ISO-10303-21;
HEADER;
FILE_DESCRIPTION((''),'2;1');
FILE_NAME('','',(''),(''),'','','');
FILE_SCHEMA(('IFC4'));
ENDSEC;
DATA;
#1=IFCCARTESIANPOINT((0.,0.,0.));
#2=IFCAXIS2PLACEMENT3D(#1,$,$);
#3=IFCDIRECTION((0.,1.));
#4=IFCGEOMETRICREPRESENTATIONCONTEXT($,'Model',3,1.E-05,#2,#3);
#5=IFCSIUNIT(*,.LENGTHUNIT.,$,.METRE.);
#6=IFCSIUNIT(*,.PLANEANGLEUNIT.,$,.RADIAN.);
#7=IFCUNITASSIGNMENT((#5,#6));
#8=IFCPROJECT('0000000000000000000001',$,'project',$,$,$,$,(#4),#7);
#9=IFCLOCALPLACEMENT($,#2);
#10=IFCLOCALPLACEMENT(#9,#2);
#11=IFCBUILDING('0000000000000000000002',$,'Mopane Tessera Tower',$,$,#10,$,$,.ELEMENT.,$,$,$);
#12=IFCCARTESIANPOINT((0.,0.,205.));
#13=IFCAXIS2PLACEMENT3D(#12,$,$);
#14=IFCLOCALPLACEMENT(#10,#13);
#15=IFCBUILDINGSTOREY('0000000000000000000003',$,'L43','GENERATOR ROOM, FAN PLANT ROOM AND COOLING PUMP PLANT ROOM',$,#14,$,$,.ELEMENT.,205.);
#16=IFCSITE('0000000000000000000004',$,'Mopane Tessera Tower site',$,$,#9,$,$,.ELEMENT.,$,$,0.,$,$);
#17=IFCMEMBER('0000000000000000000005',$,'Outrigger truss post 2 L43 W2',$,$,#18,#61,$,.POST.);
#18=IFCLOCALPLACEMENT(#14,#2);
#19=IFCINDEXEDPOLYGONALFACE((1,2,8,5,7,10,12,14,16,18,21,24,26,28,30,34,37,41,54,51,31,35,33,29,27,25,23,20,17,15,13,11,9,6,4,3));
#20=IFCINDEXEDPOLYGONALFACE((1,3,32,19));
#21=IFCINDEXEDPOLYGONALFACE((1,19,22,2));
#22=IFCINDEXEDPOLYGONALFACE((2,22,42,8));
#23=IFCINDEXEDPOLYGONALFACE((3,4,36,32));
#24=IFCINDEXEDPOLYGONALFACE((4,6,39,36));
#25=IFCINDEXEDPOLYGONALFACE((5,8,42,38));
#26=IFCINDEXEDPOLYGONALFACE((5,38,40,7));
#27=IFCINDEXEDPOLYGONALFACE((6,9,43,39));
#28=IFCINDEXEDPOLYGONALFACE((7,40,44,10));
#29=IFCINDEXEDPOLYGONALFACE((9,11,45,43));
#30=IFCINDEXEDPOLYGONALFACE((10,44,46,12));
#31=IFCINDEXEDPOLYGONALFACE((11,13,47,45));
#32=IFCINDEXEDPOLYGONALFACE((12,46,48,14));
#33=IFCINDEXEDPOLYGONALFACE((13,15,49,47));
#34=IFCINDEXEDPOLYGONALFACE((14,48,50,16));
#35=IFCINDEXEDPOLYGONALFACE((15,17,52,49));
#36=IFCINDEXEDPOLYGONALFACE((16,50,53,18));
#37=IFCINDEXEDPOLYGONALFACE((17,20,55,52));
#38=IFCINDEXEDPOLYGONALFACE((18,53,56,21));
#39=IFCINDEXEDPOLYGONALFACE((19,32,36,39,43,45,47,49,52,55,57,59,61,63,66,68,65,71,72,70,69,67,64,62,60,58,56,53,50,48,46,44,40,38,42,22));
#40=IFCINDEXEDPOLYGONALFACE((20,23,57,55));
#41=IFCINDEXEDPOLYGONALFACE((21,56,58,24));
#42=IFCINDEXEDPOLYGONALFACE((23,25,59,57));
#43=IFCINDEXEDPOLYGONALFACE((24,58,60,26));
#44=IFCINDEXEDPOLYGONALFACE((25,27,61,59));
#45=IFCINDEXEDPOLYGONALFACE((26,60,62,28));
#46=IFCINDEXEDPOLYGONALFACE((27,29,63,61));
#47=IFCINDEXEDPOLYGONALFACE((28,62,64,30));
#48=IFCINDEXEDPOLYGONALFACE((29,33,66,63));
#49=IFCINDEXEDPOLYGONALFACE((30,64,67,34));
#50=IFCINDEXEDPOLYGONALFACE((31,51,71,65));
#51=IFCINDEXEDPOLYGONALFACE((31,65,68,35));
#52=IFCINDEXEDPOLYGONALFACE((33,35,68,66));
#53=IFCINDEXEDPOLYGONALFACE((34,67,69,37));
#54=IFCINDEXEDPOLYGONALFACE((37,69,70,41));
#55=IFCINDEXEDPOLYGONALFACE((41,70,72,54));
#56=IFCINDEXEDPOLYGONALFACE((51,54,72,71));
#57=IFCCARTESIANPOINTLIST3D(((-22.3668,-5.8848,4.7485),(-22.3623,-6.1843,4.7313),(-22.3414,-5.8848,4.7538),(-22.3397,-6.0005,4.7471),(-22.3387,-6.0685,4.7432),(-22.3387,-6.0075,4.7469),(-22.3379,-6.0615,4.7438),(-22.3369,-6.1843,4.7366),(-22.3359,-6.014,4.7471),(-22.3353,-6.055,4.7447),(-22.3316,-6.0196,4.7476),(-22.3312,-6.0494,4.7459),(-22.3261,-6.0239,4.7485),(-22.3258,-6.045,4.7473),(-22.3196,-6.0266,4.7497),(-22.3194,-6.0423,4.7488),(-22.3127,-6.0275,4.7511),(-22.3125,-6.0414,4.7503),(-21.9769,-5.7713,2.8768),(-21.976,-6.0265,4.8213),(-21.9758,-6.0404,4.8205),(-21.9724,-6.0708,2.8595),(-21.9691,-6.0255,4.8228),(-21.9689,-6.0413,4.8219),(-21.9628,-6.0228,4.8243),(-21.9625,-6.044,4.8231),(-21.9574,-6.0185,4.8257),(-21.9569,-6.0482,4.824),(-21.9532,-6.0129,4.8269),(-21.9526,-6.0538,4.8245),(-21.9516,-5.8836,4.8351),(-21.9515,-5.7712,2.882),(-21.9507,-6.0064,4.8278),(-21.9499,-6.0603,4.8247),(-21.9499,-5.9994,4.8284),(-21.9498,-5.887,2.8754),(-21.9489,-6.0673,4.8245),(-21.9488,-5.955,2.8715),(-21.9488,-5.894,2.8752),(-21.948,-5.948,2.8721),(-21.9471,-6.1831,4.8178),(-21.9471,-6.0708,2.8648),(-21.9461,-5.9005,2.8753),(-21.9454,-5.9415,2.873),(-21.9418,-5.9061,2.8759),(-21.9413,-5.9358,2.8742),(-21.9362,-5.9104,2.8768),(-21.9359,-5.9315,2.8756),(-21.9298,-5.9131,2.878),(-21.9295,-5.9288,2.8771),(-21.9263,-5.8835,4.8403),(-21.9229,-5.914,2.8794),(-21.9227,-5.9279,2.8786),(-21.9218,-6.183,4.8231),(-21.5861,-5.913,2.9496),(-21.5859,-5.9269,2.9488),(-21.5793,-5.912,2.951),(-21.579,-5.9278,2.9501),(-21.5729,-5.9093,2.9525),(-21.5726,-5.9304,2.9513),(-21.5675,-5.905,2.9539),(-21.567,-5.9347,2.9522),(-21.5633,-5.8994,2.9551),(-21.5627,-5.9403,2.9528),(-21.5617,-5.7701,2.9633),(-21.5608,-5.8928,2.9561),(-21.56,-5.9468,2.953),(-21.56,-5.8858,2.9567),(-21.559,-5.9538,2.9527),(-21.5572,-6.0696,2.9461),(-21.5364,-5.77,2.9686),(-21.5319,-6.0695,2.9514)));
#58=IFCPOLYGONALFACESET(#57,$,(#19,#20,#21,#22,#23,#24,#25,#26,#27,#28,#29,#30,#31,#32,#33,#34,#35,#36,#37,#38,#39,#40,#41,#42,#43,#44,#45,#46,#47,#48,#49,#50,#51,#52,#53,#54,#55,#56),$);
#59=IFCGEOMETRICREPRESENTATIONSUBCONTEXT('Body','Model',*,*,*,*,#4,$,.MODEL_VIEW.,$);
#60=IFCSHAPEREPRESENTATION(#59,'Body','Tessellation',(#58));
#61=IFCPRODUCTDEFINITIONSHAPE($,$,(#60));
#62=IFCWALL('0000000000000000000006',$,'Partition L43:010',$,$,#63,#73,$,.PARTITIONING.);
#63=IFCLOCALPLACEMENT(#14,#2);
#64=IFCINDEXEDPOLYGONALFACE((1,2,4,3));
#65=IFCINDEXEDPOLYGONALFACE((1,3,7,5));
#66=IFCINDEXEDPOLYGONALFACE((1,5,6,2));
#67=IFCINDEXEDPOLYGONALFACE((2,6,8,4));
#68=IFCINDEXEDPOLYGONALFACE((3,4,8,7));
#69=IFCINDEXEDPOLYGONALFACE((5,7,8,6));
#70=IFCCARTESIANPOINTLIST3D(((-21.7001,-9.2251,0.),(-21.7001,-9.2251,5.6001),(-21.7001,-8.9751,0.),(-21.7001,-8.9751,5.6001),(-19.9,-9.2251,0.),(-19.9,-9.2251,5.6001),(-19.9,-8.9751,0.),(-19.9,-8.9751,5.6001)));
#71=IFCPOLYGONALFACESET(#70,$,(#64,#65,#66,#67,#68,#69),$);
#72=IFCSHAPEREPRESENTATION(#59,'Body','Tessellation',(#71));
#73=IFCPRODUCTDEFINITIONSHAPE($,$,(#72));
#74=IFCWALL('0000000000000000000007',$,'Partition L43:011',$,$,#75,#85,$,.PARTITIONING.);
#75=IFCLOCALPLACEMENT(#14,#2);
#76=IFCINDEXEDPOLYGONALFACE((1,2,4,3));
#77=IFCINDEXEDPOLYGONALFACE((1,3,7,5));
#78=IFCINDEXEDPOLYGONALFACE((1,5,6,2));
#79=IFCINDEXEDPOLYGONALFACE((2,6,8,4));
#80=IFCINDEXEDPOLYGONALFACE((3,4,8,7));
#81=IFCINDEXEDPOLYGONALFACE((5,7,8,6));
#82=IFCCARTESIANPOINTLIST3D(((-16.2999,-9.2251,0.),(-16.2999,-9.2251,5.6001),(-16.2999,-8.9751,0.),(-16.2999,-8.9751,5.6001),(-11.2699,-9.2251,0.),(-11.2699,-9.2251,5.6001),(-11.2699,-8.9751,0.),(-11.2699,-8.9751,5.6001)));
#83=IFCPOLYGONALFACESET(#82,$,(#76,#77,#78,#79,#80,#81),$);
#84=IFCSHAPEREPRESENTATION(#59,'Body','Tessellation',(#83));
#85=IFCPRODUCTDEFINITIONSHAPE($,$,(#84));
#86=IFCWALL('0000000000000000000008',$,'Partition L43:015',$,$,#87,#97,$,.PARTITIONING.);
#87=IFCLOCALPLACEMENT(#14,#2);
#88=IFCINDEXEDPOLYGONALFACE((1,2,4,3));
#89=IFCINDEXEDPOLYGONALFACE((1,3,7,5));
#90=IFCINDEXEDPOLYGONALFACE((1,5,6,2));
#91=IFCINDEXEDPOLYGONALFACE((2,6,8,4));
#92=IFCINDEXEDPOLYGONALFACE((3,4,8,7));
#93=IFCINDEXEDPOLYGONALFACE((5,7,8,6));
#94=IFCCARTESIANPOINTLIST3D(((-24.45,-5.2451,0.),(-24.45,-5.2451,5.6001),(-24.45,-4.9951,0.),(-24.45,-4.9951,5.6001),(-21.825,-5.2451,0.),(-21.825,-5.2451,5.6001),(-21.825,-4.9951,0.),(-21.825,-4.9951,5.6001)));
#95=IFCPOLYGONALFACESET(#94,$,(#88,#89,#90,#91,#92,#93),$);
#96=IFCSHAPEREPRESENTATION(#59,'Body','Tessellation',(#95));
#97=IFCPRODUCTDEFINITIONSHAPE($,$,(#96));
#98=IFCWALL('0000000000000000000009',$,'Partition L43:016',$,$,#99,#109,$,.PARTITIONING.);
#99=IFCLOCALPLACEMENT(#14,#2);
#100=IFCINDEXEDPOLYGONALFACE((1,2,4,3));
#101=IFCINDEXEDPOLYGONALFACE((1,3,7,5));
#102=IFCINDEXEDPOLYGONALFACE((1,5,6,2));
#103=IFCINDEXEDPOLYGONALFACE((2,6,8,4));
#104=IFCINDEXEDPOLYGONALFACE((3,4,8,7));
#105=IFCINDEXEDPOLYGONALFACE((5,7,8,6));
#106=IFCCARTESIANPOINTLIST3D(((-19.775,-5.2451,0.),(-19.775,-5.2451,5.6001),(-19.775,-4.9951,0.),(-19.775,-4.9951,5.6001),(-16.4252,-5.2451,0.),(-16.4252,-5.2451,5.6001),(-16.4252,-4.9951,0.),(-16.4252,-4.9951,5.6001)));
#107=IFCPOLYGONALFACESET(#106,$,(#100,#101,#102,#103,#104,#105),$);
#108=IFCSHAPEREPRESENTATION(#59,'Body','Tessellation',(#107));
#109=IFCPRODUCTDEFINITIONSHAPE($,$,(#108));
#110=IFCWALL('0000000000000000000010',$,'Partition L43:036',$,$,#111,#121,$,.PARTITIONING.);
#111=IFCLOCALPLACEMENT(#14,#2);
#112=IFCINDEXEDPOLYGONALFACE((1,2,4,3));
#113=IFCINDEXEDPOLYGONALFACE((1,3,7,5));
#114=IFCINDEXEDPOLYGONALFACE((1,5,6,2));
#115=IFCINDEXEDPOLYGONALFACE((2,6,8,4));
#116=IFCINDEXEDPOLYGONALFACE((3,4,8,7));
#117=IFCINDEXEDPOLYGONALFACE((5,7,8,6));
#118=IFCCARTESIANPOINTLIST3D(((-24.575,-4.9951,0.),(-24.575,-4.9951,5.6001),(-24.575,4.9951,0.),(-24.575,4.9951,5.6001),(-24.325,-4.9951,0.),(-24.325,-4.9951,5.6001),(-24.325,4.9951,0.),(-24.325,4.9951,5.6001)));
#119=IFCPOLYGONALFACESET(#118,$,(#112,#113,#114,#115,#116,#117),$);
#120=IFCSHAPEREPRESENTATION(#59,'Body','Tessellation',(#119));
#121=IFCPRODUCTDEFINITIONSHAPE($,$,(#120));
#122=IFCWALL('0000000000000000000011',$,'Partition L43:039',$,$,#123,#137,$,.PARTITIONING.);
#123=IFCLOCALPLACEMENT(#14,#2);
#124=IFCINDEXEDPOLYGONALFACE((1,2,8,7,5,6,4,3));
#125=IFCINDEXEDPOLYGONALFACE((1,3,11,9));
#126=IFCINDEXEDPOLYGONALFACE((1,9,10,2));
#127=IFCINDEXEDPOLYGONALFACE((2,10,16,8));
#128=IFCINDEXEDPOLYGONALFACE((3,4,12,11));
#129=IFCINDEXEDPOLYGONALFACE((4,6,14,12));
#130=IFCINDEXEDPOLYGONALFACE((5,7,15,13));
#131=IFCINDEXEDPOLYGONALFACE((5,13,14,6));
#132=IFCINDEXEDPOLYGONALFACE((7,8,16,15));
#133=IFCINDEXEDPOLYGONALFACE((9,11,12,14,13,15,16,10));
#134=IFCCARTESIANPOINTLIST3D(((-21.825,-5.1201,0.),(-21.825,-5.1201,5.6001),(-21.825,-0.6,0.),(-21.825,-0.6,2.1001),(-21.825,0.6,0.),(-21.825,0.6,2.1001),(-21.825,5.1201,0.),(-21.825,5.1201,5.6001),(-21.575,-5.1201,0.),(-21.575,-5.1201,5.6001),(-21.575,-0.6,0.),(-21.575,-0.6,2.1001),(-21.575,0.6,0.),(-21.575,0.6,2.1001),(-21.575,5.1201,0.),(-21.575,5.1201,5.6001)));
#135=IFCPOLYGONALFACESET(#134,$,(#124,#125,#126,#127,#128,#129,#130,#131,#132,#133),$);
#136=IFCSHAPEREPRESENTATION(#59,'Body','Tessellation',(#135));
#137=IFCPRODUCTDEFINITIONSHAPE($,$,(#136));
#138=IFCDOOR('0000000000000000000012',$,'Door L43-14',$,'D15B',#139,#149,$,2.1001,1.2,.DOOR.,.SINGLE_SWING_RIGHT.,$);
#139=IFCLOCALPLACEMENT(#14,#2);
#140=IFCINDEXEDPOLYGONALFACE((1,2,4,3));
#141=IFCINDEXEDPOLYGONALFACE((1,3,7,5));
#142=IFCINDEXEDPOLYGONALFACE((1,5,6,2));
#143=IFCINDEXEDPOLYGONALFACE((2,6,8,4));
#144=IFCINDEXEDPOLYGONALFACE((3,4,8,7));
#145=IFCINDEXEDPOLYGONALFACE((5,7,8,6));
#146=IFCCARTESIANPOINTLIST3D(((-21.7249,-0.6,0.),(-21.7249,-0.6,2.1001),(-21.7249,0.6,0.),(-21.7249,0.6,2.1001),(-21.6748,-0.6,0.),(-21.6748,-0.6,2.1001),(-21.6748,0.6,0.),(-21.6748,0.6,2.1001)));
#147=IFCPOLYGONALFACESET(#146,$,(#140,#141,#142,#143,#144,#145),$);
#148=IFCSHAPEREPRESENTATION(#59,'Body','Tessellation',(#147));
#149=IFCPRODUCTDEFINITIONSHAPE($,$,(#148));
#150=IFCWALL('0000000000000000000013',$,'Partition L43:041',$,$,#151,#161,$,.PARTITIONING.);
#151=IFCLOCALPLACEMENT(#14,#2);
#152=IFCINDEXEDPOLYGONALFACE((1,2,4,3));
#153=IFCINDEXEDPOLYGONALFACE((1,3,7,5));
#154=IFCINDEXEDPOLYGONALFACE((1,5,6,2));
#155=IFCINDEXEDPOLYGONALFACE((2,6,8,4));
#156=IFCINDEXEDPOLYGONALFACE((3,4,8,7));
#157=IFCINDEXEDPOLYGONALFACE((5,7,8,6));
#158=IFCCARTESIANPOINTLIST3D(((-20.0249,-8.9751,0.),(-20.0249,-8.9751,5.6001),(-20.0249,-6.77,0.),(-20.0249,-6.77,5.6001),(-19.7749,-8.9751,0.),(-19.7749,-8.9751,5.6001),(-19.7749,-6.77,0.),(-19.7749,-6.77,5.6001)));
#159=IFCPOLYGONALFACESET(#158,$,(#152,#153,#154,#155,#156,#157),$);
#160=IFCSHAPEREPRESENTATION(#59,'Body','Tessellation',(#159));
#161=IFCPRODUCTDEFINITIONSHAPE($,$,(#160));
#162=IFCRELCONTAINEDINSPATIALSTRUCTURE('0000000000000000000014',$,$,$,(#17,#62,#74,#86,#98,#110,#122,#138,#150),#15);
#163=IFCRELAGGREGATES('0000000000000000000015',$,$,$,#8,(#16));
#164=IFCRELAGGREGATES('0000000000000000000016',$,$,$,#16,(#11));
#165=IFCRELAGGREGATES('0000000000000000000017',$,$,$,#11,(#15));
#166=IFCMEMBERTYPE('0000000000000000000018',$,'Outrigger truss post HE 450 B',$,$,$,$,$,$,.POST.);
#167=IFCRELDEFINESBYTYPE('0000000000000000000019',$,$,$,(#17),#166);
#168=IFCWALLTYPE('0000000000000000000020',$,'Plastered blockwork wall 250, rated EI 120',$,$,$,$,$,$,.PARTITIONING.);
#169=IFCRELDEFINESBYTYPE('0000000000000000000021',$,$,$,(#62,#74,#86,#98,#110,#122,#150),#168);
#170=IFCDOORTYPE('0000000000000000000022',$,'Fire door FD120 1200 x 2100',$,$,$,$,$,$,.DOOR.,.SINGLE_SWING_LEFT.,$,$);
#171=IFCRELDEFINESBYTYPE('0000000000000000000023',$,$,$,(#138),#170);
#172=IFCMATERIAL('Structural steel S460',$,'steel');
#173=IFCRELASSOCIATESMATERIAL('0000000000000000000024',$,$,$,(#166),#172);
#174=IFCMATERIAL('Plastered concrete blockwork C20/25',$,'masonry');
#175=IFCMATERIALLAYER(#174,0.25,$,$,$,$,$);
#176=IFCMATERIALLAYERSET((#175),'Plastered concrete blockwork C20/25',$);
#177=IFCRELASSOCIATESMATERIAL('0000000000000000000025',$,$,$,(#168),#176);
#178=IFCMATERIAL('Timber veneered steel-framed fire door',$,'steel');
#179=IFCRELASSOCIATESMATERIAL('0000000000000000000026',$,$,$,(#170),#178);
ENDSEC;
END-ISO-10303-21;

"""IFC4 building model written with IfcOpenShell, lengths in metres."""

from ifc_helpers import new_model, si_unit, direction, frame, frame_2d, origin, origin_2d, place, context, subcontext, project, spatial, rectangle, i_section, extrude, material, layer, layer_set, material_profile, profile_set, type_object, element, fill, save


model = new_model("IFC4")

# Units and contexts
model_context = context("Model", 3, precision=1e-05, world=origin(), true_north=direction((0.0, 1.0)))
body_context = subcontext(model_context, "Body", "Model", "MODEL_VIEW")
ifc_project = project(units=[si_unit("LENGTHUNIT", "METRE"), si_unit("PLANEANGLEUNIT", "RADIAN")], contexts=[model_context])

# Site, building, storey
site_placement = place(None, origin())
site = spatial("IfcSite", under=ifc_project, at=site_placement, Name="Mopane Tessera Tower site", CompositionType="ELEMENT", RefElevation=0.0)
building_placement = place(site_placement, origin())
building = spatial("IfcBuilding", under=site, at=building_placement, Name="Mopane Tessera Tower", CompositionType="ELEMENT")
storey_placement = place(building_placement, frame((0.0, 0.0, 205.0)))
storey = spatial("IfcBuildingStorey", under=building, at=storey_placement, Name="L43", Description="GENERATOR ROOM, FAN PLANT ROOM AND COOLING PUMP PLANT ROOM", CompositionType="ELEMENT", Elevation=205.0)

# Member
ifc_material_1 = material(Name="Structural steel S460", Category="steel")
ifc_material_profile_1 = material_profile(ifc_material_1, i_section(OverallWidth=0.3, OverallDepth=0.45, WebThickness=0.0139, FlangeThickness=0.0259, FilletRadius=0.0271, at=origin_2d()))
ifc_profile_set_1 = profile_set([ifc_material_profile_1], Name="Structural steel S460")
member_type_1 = type_object("IfcMemberType", Name="Outrigger truss post HE 450 B", PredefinedType="POST", material=ifc_profile_set_1)
member_1_placement = place(storey_placement, frame((-21.7544, -5.9204, 2.9141), z_axis=(-0.20356, -0.059271, 0.977267), x_axis=(0.014948, -0.998238, -0.057429)))
element("IfcMember", 1, at=member_1_placement, inside=storey, type_object=member_type_1, Name="Outrigger truss post 2 L43 W2", PredefinedType="POST", context=body_context, shape_type="SweptSolid", body=[
    extrude(i_section(OverallWidth=0.3, OverallDepth=0.45, WebThickness=0.0139, FlangeThickness=0.0259, FilletRadius=0.0271, at=origin_2d()), origin(), (0.0, 0.0, 1.0), 1.9153),
])

# Walls
ifc_material_2 = material(Name="Plastered concrete blockwork C20/25", Category="masonry")
ifc_layer_1 = layer(ifc_material_2, 0.25)
ifc_layer_set_1 = layer_set([ifc_layer_1], Name="Plastered concrete blockwork C20/25")
wall_type = type_object("IfcWallType", Name="Plastered blockwork wall 250, rated EI 120", PredefinedType="PARTITIONING", material=ifc_layer_set_1)
wall_1_placement = place(storey_placement, frame((-21.7, -9.1001, 0.0), z_axis=(0.0, 0.0, 1.0), x_axis=(1.0, 0.0, 0.0)))
element("IfcWall", 2, at=wall_1_placement, inside=storey, type_object=wall_type, Name="Partition L43:010", PredefinedType="PARTITIONING", context=body_context, shape_type="SweptSolid", body=[
    extrude(rectangle(XDim=1.8, YDim=0.25, at=frame_2d((0.8999, 0.0))), origin(), (0.0, 0.0, 1.0), 5.6001),
])
wall_2_placement = place(storey_placement, frame((-16.3, -9.1001, 0.0), z_axis=(0.0, 0.0, 1.0), x_axis=(1.0, 0.0, 0.0)))
element("IfcWall", 3, at=wall_2_placement, inside=storey, type_object=wall_type, Name="Partition L43:011", PredefinedType="PARTITIONING", context=body_context, shape_type="SweptSolid", body=[
    extrude(rectangle(XDim=5.03, YDim=0.25, at=frame_2d((2.5151, 0.0))), origin(), (0.0, 0.0, 1.0), 5.6001),
])
wall_3_placement = place(storey_placement, frame((-24.45, -5.1201, 0.0), z_axis=(0.0, 0.0, 1.0), x_axis=(1.0, 0.0, 0.0)))
element("IfcWall", 4, at=wall_3_placement, inside=storey, type_object=wall_type, Name="Partition L43:015", PredefinedType="PARTITIONING", context=body_context, shape_type="SweptSolid", body=[
    extrude(rectangle(XDim=2.625, YDim=0.25, at=frame_2d((1.3125, 0.0))), origin(), (0.0, 0.0, 1.0), 5.6001),
])
wall_4_placement = place(storey_placement, frame((-19.7749, -5.1201, 0.0), z_axis=(0.0, 0.0, 1.0), x_axis=(1.0, 0.0, 0.0)))
element("IfcWall", 5, at=wall_4_placement, inside=storey, type_object=wall_type, Name="Partition L43:016", PredefinedType="PARTITIONING", context=body_context, shape_type="SweptSolid", body=[
    extrude(rectangle(XDim=3.3499, YDim=0.25, at=frame_2d((1.6748, 0.0))), origin(), (0.0, 0.0, 1.0), 5.6001),
])
wall_5_placement = place(storey_placement, frame((-24.45, -4.9951, 0.0), z_axis=(0.0, 0.0, 1.0), x_axis=(0.0, 1.0, 0.0)))
element("IfcWall", 6, at=wall_5_placement, inside=storey, type_object=wall_type, Name="Partition L43:036", PredefinedType="PARTITIONING", context=body_context, shape_type="SweptSolid", body=[
    extrude(rectangle(XDim=9.9902, YDim=0.25, at=frame_2d((4.9951, 0.0))), origin(), (0.0, 0.0, 1.0), 5.6001),
])

# Wall, opening, door
wall_6_placement = place(storey_placement, frame((-21.7, -5.1201, 0.0), z_axis=(0.0, 0.0, 1.0), x_axis=(0.0, 1.0, 0.0)))
wall_6 = element("IfcWall", 7, at=wall_6_placement, inside=storey, type_object=wall_type, Name="Partition L43:039", PredefinedType="PARTITIONING", context=body_context, shape_type="SweptSolid", body=[
    extrude(rectangle(XDim=10.2402, YDim=0.25, at=frame_2d((5.1201, 0.0))), origin(), (0.0, 0.0, 1.0), 5.6001),
])
opening_1_placement = place(wall_6_placement, frame((4.52, 0.0, 0.0)))
opening_1 = element("IfcOpeningElement", 8, at=opening_1_placement, cuts=wall_6, PredefinedType="OPENING", context=body_context, shape_type="SweptSolid", body=[
    extrude(rectangle(XDim=1.2, YDim=2.1001, at=frame_2d((0.6001, 1.05))), frame((0.0, 0.137, 0.0), z_axis=(0.0, -1.0, 0.0), x_axis=(1.0, 0.0, 0.0)), (0.0, 0.0, 1.0), 0.2739),
])
ifc_material_3 = material(Name="Timber veneered steel-framed fire door", Category="steel")
door_type_1 = type_object("IfcDoorType", Name="Fire door FD120 1200 x 2100", OperationType="SINGLE_SWING_LEFT", PredefinedType="DOOR", material=ifc_material_3)
door_1_placement = place(opening_1_placement, origin())
door_1 = element("IfcDoor", 9, at=door_1_placement, inside=storey, type_object=door_type_1, Name="Door L43-14", ObjectType="D15B", OperationType="SINGLE_SWING_RIGHT", OverallHeight=2.1001, OverallWidth=1.2, PredefinedType="DOOR", context=body_context, shape_type="SweptSolid", body=[
    extrude(rectangle(XDim=1.2, YDim=2.1001, at=frame_2d((0.6001, 1.05))), frame((0.0, 0.0249, 0.0), z_axis=(0.0, -1.0, 0.0), x_axis=(1.0, 0.0, 0.0)), (0.0, 0.0, 1.0), 0.05),
])
fill(opening_1, door_1)

# Wall
wall_7_placement = place(storey_placement, frame((-19.8999, -8.9751, 0.0), z_axis=(0.0, 0.0, 1.0), x_axis=(0.0, 1.0, 0.0)))
element("IfcWall", 10, at=wall_7_placement, inside=storey, type_object=wall_type, Name="Partition L43:041", PredefinedType="PARTITIONING", context=body_context, shape_type="SweptSolid", body=[
    extrude(rectangle(XDim=2.2051, YDim=0.25, at=frame_2d((1.1025, 0.0))), origin(), (0.0, 0.0, 1.0), 5.6001),
])

save(model, "model.ifc")
